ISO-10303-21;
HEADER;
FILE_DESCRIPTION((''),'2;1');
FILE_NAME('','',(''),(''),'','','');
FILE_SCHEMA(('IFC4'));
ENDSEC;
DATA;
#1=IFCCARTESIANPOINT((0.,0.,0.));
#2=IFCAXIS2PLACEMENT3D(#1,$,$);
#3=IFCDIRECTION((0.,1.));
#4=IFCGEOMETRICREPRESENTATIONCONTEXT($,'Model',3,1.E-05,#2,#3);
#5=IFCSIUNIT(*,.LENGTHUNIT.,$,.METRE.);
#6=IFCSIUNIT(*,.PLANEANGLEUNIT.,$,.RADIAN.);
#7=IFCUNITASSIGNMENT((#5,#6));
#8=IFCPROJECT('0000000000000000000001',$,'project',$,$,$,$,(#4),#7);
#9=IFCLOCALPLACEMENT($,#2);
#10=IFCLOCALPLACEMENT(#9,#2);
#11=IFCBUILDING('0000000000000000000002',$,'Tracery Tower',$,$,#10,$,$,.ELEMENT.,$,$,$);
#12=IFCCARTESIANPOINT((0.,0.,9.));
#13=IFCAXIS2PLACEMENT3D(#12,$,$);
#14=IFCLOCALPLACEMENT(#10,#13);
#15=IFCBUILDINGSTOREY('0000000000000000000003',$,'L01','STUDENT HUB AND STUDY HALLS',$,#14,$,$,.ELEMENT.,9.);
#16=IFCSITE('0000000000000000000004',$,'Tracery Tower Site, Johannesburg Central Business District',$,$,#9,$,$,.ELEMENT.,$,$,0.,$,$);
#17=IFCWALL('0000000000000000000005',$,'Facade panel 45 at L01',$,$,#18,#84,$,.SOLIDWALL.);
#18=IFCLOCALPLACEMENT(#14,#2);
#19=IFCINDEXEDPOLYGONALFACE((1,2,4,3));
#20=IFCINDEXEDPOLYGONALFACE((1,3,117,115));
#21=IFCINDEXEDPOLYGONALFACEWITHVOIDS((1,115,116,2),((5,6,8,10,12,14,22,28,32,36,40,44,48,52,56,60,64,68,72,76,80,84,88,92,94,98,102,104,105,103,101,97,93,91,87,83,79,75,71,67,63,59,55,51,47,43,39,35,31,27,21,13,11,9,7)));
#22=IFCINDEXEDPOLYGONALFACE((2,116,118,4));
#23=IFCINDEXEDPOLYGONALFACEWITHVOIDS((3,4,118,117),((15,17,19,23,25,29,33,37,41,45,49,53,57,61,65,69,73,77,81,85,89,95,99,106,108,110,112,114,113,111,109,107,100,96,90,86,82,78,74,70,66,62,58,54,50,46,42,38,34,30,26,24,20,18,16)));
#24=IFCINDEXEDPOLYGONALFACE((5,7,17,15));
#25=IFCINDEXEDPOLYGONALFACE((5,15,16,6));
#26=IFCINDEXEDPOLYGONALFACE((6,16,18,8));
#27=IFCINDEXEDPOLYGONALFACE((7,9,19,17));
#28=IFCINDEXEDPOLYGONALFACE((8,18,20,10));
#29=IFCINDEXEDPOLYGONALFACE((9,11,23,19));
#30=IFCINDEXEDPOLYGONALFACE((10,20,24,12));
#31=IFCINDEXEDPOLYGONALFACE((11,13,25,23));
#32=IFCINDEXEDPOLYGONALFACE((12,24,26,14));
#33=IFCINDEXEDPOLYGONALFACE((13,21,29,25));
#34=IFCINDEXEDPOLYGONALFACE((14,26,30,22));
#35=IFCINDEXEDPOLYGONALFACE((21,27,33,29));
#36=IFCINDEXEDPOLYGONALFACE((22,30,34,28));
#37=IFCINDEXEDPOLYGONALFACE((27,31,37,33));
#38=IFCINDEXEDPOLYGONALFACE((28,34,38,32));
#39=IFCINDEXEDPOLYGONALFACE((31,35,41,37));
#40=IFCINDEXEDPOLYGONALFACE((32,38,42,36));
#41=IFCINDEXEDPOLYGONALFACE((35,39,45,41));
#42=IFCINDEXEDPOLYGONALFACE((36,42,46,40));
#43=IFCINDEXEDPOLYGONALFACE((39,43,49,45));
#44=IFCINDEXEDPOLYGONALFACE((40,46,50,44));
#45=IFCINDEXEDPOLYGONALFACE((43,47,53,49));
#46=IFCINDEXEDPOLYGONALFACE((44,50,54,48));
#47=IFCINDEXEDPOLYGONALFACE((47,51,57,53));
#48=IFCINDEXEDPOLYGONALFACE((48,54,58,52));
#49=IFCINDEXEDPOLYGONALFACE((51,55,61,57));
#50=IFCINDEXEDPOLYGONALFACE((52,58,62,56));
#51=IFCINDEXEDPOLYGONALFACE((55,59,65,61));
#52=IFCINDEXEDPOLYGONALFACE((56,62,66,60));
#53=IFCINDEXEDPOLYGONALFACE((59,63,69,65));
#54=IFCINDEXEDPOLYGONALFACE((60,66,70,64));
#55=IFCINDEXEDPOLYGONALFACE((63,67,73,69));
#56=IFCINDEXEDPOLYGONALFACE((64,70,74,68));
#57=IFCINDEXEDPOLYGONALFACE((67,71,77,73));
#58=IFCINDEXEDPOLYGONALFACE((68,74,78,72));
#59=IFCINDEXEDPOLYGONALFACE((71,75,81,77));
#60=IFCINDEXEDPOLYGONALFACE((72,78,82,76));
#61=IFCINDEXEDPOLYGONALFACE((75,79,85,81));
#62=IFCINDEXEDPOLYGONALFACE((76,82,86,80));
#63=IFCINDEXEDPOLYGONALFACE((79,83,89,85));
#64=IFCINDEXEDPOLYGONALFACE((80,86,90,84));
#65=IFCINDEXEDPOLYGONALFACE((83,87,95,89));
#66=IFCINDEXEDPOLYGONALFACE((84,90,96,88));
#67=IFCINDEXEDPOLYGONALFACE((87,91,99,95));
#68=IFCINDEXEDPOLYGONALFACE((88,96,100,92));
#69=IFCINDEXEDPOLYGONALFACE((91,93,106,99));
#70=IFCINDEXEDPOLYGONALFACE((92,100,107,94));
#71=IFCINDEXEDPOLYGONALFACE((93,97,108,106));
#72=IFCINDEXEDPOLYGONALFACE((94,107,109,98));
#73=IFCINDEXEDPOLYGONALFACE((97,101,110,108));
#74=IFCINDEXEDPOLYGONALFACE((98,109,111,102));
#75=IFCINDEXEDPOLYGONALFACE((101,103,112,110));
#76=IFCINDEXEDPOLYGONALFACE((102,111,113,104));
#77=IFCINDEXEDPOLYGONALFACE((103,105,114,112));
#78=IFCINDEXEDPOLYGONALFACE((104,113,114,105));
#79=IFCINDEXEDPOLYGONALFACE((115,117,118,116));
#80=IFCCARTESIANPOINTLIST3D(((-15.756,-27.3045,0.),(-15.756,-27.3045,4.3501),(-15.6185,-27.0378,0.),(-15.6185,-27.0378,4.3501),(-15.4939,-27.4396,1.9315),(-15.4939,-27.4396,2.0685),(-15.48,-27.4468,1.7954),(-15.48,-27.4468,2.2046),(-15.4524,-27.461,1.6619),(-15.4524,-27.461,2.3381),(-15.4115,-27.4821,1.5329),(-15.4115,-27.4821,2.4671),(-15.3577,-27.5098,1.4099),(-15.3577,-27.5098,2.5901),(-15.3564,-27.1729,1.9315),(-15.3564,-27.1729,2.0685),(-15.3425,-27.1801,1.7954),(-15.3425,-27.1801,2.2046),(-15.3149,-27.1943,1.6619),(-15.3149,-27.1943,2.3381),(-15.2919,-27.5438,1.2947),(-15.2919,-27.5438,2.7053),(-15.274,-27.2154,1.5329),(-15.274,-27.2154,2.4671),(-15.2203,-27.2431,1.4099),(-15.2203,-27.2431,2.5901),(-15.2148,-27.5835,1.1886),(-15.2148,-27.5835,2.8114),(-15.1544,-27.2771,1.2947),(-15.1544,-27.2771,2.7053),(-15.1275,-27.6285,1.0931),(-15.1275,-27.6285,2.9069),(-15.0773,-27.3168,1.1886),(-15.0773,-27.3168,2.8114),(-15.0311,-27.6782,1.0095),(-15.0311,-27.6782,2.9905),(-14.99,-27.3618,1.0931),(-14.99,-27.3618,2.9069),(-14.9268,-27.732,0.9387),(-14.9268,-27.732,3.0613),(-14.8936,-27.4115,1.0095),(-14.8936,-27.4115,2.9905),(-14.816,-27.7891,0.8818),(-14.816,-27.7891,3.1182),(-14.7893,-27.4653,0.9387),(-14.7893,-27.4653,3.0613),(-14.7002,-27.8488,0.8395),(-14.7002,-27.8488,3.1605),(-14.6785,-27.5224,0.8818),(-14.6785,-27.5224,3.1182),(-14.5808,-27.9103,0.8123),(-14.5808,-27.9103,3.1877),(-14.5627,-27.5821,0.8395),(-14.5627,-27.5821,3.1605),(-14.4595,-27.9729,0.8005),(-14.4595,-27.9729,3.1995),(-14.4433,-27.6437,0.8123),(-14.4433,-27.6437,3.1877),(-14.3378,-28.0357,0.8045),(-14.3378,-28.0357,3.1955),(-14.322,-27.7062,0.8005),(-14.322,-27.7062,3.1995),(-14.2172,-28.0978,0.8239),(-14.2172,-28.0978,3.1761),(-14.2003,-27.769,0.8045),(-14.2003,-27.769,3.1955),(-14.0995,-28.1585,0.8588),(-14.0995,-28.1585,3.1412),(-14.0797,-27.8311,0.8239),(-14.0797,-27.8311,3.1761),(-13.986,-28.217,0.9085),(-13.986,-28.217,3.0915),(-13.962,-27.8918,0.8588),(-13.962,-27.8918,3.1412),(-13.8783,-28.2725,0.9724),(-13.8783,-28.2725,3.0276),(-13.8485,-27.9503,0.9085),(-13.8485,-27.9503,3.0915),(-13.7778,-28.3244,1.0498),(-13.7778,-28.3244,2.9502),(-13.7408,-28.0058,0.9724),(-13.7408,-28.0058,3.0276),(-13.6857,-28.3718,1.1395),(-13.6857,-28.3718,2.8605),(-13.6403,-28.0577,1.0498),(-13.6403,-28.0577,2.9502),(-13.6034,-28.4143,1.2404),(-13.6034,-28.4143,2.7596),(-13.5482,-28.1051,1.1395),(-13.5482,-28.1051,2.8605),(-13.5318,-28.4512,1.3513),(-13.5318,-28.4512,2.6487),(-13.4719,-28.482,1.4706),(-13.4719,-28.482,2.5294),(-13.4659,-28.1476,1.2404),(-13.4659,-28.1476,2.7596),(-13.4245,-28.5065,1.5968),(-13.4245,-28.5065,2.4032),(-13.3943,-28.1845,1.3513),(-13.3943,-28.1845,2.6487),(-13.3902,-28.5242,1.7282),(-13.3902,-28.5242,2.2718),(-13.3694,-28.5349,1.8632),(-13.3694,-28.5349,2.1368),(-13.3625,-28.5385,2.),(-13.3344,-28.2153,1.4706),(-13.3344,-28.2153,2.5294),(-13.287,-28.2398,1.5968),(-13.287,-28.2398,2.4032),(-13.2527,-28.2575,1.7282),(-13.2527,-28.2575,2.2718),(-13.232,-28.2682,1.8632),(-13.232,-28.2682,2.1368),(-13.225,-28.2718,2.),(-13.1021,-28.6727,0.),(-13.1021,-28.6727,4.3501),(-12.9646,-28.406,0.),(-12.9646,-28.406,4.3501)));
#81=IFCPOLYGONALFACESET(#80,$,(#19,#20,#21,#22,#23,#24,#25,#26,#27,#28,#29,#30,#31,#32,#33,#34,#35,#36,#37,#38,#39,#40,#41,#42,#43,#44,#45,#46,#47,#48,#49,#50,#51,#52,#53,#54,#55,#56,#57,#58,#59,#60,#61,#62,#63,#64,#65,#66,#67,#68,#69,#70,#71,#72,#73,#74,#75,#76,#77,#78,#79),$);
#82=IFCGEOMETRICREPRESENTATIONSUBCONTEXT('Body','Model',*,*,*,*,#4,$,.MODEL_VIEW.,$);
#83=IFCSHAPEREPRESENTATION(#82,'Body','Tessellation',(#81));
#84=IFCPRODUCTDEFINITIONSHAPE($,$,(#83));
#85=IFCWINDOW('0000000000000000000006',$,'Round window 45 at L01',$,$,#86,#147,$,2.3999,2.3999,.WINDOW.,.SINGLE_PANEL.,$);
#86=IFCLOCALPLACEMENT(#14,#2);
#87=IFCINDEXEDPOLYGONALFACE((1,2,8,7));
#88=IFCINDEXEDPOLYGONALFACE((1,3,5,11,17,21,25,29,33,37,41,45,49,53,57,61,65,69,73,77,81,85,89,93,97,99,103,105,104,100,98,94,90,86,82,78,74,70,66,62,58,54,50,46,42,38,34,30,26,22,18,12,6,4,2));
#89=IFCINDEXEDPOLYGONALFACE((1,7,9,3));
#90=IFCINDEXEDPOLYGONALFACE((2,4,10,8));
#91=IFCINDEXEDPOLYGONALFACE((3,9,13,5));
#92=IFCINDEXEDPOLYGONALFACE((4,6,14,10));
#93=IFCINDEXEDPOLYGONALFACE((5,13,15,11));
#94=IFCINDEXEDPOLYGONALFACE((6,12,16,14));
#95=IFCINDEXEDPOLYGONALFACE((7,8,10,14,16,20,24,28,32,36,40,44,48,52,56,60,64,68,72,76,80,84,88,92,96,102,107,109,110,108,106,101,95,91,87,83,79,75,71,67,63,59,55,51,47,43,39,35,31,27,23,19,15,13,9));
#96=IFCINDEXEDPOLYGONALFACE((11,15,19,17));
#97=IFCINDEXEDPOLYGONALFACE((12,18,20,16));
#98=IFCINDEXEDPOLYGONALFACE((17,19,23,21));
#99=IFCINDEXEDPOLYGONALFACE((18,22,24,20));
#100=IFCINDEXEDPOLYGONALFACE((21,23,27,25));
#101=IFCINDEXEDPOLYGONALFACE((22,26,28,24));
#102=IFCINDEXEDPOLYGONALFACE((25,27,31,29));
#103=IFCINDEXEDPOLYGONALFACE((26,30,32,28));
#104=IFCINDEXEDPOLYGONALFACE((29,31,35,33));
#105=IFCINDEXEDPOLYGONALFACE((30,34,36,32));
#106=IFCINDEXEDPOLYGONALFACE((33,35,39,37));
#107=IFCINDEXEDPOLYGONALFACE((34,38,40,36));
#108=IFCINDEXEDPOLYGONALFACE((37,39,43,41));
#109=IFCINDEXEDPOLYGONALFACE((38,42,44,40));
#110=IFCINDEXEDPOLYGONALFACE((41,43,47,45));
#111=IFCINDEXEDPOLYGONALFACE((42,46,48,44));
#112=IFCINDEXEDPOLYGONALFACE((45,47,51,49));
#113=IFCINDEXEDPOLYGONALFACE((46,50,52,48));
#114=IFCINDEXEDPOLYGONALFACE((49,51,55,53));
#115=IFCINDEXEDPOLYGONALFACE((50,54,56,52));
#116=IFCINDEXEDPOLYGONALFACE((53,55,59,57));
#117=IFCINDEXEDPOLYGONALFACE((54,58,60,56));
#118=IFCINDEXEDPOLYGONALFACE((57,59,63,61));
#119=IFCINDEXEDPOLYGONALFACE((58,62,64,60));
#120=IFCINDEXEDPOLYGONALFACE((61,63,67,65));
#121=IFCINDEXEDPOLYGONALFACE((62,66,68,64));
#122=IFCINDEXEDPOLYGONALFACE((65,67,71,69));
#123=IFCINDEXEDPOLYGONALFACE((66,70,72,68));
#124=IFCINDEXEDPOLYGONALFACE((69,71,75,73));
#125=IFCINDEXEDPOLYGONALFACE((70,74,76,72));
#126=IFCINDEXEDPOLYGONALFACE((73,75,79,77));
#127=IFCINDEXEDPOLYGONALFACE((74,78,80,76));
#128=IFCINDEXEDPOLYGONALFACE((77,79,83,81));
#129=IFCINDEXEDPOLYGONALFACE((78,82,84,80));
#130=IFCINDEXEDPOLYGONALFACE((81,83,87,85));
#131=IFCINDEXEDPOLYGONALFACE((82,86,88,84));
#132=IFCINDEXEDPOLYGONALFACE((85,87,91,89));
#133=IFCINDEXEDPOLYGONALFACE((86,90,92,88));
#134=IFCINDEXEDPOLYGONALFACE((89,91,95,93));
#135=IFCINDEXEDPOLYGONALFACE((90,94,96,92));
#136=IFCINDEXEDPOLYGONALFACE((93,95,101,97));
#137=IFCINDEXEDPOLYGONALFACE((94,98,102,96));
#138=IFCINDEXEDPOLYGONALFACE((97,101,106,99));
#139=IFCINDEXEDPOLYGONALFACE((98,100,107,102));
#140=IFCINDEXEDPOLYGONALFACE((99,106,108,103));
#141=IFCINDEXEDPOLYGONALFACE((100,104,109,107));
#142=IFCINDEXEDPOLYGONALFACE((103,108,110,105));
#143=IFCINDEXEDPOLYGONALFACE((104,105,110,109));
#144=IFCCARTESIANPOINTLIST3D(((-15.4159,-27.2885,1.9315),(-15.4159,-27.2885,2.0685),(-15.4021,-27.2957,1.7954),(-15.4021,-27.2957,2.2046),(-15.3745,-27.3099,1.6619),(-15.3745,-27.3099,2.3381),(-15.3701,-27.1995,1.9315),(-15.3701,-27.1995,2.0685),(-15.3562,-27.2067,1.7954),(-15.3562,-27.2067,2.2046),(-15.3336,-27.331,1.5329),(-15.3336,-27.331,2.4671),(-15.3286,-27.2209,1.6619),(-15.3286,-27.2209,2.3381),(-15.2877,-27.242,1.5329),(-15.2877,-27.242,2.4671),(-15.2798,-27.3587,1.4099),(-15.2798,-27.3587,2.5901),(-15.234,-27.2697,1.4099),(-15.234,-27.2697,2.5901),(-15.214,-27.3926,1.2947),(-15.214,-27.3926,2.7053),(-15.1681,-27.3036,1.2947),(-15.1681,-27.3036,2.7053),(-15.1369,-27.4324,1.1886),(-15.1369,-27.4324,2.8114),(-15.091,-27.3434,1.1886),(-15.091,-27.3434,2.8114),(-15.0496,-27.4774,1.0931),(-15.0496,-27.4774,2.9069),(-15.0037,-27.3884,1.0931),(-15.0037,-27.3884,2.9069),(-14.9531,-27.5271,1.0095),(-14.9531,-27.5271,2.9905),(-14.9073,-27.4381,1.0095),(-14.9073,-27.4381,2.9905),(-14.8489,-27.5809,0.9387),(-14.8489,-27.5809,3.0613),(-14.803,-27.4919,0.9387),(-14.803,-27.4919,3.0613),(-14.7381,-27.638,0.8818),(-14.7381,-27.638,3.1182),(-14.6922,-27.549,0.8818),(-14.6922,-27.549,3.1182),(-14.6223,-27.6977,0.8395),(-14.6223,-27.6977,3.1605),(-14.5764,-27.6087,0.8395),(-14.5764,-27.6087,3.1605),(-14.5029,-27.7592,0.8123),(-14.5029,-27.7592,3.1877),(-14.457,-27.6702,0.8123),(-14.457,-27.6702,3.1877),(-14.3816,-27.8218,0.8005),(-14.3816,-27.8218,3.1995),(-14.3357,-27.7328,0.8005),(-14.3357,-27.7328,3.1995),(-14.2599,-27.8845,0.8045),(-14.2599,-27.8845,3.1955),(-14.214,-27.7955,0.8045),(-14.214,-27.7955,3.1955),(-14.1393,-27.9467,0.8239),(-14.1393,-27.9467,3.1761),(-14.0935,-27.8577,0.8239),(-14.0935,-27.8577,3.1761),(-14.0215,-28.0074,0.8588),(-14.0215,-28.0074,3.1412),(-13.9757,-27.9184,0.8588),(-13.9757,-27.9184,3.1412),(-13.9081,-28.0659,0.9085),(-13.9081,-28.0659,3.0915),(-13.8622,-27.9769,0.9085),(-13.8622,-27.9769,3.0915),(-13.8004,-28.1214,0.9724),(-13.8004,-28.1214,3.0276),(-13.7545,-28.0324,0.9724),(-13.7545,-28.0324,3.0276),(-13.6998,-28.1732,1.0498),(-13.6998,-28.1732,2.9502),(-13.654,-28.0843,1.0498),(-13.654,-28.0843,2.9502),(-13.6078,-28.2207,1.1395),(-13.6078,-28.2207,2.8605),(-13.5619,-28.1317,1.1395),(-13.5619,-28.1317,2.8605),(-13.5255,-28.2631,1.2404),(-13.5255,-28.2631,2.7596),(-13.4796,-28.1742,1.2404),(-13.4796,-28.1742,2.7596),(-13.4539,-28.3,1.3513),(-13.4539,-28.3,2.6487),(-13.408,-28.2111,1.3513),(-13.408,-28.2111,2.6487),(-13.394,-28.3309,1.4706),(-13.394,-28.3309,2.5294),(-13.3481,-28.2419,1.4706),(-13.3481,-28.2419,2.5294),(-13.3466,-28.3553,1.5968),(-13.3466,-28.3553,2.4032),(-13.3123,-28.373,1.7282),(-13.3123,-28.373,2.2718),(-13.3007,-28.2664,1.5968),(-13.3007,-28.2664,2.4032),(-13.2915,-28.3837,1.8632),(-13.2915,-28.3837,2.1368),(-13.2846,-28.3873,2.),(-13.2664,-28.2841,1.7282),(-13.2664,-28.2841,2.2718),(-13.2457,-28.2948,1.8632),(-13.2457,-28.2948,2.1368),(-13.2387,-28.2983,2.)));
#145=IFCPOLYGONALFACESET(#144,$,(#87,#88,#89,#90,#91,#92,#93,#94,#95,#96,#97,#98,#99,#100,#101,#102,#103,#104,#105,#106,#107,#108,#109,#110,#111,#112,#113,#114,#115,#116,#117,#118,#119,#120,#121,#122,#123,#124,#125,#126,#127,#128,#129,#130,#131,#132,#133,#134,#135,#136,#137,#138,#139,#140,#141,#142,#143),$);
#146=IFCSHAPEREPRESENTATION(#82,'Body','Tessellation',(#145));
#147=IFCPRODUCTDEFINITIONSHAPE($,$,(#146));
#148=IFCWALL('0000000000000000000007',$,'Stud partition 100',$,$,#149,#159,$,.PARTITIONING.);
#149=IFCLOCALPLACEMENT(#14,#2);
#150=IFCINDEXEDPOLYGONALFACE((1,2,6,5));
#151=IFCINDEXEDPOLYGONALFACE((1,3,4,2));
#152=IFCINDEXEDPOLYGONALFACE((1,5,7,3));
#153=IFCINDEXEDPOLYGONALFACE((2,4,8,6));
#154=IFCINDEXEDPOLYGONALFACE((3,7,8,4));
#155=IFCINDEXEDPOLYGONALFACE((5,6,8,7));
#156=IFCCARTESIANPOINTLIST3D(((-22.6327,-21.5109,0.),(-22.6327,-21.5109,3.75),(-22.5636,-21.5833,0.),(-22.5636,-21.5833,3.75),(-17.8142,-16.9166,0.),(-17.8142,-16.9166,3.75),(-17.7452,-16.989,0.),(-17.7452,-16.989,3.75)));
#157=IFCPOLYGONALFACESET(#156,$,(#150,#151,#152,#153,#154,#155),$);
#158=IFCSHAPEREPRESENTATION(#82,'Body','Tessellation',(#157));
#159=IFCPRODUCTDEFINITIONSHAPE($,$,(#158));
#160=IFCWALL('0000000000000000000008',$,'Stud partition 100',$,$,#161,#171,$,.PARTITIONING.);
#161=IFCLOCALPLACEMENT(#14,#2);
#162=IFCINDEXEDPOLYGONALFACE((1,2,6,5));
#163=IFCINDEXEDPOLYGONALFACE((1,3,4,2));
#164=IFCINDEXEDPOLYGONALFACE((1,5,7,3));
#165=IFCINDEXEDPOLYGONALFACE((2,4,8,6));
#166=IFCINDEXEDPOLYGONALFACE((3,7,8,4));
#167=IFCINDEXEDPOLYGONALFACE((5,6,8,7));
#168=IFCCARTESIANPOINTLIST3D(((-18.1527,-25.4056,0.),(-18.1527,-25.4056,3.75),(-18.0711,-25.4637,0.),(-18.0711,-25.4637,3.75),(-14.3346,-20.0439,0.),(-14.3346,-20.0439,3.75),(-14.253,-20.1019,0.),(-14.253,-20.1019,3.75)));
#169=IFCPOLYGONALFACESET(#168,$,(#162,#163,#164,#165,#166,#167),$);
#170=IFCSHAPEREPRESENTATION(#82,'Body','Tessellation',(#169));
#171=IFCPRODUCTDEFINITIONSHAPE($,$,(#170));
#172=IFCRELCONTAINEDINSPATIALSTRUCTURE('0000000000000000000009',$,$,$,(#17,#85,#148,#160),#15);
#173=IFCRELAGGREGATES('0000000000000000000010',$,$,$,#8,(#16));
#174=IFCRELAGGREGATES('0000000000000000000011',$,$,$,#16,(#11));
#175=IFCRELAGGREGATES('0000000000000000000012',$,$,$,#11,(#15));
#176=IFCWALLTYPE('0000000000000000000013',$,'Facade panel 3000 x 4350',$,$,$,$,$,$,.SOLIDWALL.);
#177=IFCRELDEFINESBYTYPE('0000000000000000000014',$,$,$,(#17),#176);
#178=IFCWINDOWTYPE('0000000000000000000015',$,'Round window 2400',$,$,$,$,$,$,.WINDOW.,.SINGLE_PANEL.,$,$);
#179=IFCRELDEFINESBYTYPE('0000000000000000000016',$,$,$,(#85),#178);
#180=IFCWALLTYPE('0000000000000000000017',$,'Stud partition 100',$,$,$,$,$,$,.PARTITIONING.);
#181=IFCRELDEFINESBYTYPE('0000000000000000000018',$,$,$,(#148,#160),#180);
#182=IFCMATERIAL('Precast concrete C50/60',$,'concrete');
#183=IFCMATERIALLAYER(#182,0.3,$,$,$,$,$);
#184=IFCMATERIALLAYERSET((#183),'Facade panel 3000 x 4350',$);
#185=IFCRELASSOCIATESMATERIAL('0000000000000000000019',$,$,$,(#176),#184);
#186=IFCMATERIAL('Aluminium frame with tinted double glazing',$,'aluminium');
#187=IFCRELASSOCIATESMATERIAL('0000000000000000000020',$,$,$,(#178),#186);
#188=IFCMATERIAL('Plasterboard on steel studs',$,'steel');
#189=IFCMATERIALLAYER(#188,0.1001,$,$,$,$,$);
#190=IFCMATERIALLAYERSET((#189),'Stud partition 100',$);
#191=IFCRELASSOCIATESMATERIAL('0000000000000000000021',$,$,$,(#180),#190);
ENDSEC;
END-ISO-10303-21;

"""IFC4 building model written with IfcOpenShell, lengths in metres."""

from ifc_helpers import new_model, si_unit, direction, frame, frame_2d, origin, origin_2d, place, context, subcontext, project, spatial, rectangle, circle, extrude, material, layer, layer_set, type_object, element, fill, save


model = new_model("IFC4")

# Units and contexts
model_context = context("Model", 3, precision=1e-05, world=origin(), true_north=direction((0.0, 1.0)))
body_context = subcontext(model_context, "Body", "Model", "MODEL_VIEW")
ifc_project = project(units=[si_unit("LENGTHUNIT", "METRE"), si_unit("PLANEANGLEUNIT", "RADIAN")], contexts=[model_context])

# Site, building, storey
site_placement = place(None, origin())
site = spatial("IfcSite", under=ifc_project, at=site_placement, Name="Tracery Tower Site, Johannesburg Central Business District", CompositionType="ELEMENT", RefElevation=0.0)
building_placement = place(site_placement, origin())
building = spatial("IfcBuilding", under=site, at=building_placement, Name="Tracery Tower", CompositionType="ELEMENT")
storey_placement = place(building_placement, frame((0.0, 0.0, 9.0)))
storey = spatial("IfcBuildingStorey", under=building, at=storey_placement, Name="L01", Description="STUDENT HUB AND STUDY HALLS", CompositionType="ELEMENT", Elevation=9.0)

# Wall, opening, window
ifc_material_1 = material(Name="Precast concrete C50/60", Category="concrete")
ifc_layer_1 = layer(ifc_material_1, 0.3)
ifc_layer_set_1 = layer_set([ifc_layer_1], Name="Facade panel 3000 x 4350")
wall_type_1 = type_object("IfcWallType", Name="Facade panel 3000 x 4350", PredefinedType="SOLIDWALL", material=ifc_layer_set_1)
ifc_material_2 = material(Name="Aluminium frame with tinted double glazing", Category="aluminium")
window_type = type_object("IfcWindowType", Name="Round window 2400", PartitioningType="SINGLE_PANEL", PredefinedType="WINDOW", material=ifc_material_2)
wall_1_placement = place(storey_placement, frame((-15.6873, -27.1711, 0.0), z_axis=(0.0, 0.0, 1.0), x_axis=(0.888831, -0.458235, 0.0)))
wall_1 = element("IfcWall", 1, at=wall_1_placement, inside=storey, type_object=wall_type_1, Name="Facade panel 45 at L01", PredefinedType="SOLIDWALL", context=body_context, shape_type="SweptSolid", body=[
    extrude(rectangle(XDim=2.9858, YDim=0.3, at=frame_2d((1.4929, 0.0))), origin(), (0.0, 0.0, 1.0), 4.3501),
])
opening_1_placement = place(wall_1_placement, frame((1.4929, 0.0, 2.0)))
opening_1 = element("IfcOpeningElement", 2, at=opening_1_placement, cuts=wall_1, PredefinedType="OPENING", context=body_context, shape_type="SweptSolid", body=[
    extrude(circle(Radius=1.2, at=origin_2d()), frame((0.0, 0.1599, 0.0), z_axis=(0.0, -1.0, 0.0), x_axis=(1.0, 0.0, 0.0)), (0.0, 0.0, 1.0), 0.3201),
])
window_1_placement = place(opening_1_placement, origin())
window_1 = element("IfcWindow", 3, at=window_1_placement, inside=storey, type_object=window_type, Name="Round window 45 at L01", OverallHeight=2.3999, OverallWidth=2.3999, PartitioningType="SINGLE_PANEL", PredefinedType="WINDOW", context=body_context, shape_type="SweptSolid", body=[
    extrude(circle(Radius=1.2, at=origin_2d()), frame((0.0, 0.1201, 0.0), z_axis=(0.0, -1.0, 0.0), x_axis=(1.0, 0.0, 0.0)), (0.0, 0.0, 1.0), 0.1001),
])
fill(opening_1, window_1)

# Walls
ifc_material_3 = material(Name="Plasterboard on steel studs", Category="steel")
ifc_layer_2 = layer(ifc_material_3, 0.1001)
ifc_layer_set_2 = layer_set([ifc_layer_2], Name="Stud partition 100")
wall_type_2 = type_object("IfcWallType", Name="Stud partition 100", PredefinedType="PARTITIONING", material=ifc_layer_set_2)
wall_2_placement = place(storey_placement, frame((-22.5981, -21.5471, 0.0), z_axis=(0.0, 0.0, 1.0), x_axis=(0.723738, 0.690074, 0.0)))
element("IfcWall", 4, at=wall_2_placement, inside=storey, type_object=wall_type_2, Name="Stud partition 100", PredefinedType="PARTITIONING", context=body_context, shape_type="SweptSolid", body=[
    extrude(rectangle(XDim=6.6577, YDim=0.1001, at=frame_2d((3.3289, 0.0))), origin(), (0.0, 0.0, 1.0), 3.75),
])
wall_3_placement = place(storey_placement, frame((-18.1118, -25.4346, 0.0), z_axis=(0.0, 0.0, 1.0), x_axis=(0.580055, 0.814577, 0.0)))
element("IfcWall", 5, at=wall_3_placement, inside=storey, type_object=wall_type_2, Name="Stud partition 100", PredefinedType="PARTITIONING", context=body_context, shape_type="SweptSolid", body=[
    extrude(rectangle(XDim=6.5823, YDim=0.1001, at=frame_2d((3.291, 0.0))), origin(), (0.0, 0.0, 1.0), 3.75),
])

save(model, "model.ifc")
